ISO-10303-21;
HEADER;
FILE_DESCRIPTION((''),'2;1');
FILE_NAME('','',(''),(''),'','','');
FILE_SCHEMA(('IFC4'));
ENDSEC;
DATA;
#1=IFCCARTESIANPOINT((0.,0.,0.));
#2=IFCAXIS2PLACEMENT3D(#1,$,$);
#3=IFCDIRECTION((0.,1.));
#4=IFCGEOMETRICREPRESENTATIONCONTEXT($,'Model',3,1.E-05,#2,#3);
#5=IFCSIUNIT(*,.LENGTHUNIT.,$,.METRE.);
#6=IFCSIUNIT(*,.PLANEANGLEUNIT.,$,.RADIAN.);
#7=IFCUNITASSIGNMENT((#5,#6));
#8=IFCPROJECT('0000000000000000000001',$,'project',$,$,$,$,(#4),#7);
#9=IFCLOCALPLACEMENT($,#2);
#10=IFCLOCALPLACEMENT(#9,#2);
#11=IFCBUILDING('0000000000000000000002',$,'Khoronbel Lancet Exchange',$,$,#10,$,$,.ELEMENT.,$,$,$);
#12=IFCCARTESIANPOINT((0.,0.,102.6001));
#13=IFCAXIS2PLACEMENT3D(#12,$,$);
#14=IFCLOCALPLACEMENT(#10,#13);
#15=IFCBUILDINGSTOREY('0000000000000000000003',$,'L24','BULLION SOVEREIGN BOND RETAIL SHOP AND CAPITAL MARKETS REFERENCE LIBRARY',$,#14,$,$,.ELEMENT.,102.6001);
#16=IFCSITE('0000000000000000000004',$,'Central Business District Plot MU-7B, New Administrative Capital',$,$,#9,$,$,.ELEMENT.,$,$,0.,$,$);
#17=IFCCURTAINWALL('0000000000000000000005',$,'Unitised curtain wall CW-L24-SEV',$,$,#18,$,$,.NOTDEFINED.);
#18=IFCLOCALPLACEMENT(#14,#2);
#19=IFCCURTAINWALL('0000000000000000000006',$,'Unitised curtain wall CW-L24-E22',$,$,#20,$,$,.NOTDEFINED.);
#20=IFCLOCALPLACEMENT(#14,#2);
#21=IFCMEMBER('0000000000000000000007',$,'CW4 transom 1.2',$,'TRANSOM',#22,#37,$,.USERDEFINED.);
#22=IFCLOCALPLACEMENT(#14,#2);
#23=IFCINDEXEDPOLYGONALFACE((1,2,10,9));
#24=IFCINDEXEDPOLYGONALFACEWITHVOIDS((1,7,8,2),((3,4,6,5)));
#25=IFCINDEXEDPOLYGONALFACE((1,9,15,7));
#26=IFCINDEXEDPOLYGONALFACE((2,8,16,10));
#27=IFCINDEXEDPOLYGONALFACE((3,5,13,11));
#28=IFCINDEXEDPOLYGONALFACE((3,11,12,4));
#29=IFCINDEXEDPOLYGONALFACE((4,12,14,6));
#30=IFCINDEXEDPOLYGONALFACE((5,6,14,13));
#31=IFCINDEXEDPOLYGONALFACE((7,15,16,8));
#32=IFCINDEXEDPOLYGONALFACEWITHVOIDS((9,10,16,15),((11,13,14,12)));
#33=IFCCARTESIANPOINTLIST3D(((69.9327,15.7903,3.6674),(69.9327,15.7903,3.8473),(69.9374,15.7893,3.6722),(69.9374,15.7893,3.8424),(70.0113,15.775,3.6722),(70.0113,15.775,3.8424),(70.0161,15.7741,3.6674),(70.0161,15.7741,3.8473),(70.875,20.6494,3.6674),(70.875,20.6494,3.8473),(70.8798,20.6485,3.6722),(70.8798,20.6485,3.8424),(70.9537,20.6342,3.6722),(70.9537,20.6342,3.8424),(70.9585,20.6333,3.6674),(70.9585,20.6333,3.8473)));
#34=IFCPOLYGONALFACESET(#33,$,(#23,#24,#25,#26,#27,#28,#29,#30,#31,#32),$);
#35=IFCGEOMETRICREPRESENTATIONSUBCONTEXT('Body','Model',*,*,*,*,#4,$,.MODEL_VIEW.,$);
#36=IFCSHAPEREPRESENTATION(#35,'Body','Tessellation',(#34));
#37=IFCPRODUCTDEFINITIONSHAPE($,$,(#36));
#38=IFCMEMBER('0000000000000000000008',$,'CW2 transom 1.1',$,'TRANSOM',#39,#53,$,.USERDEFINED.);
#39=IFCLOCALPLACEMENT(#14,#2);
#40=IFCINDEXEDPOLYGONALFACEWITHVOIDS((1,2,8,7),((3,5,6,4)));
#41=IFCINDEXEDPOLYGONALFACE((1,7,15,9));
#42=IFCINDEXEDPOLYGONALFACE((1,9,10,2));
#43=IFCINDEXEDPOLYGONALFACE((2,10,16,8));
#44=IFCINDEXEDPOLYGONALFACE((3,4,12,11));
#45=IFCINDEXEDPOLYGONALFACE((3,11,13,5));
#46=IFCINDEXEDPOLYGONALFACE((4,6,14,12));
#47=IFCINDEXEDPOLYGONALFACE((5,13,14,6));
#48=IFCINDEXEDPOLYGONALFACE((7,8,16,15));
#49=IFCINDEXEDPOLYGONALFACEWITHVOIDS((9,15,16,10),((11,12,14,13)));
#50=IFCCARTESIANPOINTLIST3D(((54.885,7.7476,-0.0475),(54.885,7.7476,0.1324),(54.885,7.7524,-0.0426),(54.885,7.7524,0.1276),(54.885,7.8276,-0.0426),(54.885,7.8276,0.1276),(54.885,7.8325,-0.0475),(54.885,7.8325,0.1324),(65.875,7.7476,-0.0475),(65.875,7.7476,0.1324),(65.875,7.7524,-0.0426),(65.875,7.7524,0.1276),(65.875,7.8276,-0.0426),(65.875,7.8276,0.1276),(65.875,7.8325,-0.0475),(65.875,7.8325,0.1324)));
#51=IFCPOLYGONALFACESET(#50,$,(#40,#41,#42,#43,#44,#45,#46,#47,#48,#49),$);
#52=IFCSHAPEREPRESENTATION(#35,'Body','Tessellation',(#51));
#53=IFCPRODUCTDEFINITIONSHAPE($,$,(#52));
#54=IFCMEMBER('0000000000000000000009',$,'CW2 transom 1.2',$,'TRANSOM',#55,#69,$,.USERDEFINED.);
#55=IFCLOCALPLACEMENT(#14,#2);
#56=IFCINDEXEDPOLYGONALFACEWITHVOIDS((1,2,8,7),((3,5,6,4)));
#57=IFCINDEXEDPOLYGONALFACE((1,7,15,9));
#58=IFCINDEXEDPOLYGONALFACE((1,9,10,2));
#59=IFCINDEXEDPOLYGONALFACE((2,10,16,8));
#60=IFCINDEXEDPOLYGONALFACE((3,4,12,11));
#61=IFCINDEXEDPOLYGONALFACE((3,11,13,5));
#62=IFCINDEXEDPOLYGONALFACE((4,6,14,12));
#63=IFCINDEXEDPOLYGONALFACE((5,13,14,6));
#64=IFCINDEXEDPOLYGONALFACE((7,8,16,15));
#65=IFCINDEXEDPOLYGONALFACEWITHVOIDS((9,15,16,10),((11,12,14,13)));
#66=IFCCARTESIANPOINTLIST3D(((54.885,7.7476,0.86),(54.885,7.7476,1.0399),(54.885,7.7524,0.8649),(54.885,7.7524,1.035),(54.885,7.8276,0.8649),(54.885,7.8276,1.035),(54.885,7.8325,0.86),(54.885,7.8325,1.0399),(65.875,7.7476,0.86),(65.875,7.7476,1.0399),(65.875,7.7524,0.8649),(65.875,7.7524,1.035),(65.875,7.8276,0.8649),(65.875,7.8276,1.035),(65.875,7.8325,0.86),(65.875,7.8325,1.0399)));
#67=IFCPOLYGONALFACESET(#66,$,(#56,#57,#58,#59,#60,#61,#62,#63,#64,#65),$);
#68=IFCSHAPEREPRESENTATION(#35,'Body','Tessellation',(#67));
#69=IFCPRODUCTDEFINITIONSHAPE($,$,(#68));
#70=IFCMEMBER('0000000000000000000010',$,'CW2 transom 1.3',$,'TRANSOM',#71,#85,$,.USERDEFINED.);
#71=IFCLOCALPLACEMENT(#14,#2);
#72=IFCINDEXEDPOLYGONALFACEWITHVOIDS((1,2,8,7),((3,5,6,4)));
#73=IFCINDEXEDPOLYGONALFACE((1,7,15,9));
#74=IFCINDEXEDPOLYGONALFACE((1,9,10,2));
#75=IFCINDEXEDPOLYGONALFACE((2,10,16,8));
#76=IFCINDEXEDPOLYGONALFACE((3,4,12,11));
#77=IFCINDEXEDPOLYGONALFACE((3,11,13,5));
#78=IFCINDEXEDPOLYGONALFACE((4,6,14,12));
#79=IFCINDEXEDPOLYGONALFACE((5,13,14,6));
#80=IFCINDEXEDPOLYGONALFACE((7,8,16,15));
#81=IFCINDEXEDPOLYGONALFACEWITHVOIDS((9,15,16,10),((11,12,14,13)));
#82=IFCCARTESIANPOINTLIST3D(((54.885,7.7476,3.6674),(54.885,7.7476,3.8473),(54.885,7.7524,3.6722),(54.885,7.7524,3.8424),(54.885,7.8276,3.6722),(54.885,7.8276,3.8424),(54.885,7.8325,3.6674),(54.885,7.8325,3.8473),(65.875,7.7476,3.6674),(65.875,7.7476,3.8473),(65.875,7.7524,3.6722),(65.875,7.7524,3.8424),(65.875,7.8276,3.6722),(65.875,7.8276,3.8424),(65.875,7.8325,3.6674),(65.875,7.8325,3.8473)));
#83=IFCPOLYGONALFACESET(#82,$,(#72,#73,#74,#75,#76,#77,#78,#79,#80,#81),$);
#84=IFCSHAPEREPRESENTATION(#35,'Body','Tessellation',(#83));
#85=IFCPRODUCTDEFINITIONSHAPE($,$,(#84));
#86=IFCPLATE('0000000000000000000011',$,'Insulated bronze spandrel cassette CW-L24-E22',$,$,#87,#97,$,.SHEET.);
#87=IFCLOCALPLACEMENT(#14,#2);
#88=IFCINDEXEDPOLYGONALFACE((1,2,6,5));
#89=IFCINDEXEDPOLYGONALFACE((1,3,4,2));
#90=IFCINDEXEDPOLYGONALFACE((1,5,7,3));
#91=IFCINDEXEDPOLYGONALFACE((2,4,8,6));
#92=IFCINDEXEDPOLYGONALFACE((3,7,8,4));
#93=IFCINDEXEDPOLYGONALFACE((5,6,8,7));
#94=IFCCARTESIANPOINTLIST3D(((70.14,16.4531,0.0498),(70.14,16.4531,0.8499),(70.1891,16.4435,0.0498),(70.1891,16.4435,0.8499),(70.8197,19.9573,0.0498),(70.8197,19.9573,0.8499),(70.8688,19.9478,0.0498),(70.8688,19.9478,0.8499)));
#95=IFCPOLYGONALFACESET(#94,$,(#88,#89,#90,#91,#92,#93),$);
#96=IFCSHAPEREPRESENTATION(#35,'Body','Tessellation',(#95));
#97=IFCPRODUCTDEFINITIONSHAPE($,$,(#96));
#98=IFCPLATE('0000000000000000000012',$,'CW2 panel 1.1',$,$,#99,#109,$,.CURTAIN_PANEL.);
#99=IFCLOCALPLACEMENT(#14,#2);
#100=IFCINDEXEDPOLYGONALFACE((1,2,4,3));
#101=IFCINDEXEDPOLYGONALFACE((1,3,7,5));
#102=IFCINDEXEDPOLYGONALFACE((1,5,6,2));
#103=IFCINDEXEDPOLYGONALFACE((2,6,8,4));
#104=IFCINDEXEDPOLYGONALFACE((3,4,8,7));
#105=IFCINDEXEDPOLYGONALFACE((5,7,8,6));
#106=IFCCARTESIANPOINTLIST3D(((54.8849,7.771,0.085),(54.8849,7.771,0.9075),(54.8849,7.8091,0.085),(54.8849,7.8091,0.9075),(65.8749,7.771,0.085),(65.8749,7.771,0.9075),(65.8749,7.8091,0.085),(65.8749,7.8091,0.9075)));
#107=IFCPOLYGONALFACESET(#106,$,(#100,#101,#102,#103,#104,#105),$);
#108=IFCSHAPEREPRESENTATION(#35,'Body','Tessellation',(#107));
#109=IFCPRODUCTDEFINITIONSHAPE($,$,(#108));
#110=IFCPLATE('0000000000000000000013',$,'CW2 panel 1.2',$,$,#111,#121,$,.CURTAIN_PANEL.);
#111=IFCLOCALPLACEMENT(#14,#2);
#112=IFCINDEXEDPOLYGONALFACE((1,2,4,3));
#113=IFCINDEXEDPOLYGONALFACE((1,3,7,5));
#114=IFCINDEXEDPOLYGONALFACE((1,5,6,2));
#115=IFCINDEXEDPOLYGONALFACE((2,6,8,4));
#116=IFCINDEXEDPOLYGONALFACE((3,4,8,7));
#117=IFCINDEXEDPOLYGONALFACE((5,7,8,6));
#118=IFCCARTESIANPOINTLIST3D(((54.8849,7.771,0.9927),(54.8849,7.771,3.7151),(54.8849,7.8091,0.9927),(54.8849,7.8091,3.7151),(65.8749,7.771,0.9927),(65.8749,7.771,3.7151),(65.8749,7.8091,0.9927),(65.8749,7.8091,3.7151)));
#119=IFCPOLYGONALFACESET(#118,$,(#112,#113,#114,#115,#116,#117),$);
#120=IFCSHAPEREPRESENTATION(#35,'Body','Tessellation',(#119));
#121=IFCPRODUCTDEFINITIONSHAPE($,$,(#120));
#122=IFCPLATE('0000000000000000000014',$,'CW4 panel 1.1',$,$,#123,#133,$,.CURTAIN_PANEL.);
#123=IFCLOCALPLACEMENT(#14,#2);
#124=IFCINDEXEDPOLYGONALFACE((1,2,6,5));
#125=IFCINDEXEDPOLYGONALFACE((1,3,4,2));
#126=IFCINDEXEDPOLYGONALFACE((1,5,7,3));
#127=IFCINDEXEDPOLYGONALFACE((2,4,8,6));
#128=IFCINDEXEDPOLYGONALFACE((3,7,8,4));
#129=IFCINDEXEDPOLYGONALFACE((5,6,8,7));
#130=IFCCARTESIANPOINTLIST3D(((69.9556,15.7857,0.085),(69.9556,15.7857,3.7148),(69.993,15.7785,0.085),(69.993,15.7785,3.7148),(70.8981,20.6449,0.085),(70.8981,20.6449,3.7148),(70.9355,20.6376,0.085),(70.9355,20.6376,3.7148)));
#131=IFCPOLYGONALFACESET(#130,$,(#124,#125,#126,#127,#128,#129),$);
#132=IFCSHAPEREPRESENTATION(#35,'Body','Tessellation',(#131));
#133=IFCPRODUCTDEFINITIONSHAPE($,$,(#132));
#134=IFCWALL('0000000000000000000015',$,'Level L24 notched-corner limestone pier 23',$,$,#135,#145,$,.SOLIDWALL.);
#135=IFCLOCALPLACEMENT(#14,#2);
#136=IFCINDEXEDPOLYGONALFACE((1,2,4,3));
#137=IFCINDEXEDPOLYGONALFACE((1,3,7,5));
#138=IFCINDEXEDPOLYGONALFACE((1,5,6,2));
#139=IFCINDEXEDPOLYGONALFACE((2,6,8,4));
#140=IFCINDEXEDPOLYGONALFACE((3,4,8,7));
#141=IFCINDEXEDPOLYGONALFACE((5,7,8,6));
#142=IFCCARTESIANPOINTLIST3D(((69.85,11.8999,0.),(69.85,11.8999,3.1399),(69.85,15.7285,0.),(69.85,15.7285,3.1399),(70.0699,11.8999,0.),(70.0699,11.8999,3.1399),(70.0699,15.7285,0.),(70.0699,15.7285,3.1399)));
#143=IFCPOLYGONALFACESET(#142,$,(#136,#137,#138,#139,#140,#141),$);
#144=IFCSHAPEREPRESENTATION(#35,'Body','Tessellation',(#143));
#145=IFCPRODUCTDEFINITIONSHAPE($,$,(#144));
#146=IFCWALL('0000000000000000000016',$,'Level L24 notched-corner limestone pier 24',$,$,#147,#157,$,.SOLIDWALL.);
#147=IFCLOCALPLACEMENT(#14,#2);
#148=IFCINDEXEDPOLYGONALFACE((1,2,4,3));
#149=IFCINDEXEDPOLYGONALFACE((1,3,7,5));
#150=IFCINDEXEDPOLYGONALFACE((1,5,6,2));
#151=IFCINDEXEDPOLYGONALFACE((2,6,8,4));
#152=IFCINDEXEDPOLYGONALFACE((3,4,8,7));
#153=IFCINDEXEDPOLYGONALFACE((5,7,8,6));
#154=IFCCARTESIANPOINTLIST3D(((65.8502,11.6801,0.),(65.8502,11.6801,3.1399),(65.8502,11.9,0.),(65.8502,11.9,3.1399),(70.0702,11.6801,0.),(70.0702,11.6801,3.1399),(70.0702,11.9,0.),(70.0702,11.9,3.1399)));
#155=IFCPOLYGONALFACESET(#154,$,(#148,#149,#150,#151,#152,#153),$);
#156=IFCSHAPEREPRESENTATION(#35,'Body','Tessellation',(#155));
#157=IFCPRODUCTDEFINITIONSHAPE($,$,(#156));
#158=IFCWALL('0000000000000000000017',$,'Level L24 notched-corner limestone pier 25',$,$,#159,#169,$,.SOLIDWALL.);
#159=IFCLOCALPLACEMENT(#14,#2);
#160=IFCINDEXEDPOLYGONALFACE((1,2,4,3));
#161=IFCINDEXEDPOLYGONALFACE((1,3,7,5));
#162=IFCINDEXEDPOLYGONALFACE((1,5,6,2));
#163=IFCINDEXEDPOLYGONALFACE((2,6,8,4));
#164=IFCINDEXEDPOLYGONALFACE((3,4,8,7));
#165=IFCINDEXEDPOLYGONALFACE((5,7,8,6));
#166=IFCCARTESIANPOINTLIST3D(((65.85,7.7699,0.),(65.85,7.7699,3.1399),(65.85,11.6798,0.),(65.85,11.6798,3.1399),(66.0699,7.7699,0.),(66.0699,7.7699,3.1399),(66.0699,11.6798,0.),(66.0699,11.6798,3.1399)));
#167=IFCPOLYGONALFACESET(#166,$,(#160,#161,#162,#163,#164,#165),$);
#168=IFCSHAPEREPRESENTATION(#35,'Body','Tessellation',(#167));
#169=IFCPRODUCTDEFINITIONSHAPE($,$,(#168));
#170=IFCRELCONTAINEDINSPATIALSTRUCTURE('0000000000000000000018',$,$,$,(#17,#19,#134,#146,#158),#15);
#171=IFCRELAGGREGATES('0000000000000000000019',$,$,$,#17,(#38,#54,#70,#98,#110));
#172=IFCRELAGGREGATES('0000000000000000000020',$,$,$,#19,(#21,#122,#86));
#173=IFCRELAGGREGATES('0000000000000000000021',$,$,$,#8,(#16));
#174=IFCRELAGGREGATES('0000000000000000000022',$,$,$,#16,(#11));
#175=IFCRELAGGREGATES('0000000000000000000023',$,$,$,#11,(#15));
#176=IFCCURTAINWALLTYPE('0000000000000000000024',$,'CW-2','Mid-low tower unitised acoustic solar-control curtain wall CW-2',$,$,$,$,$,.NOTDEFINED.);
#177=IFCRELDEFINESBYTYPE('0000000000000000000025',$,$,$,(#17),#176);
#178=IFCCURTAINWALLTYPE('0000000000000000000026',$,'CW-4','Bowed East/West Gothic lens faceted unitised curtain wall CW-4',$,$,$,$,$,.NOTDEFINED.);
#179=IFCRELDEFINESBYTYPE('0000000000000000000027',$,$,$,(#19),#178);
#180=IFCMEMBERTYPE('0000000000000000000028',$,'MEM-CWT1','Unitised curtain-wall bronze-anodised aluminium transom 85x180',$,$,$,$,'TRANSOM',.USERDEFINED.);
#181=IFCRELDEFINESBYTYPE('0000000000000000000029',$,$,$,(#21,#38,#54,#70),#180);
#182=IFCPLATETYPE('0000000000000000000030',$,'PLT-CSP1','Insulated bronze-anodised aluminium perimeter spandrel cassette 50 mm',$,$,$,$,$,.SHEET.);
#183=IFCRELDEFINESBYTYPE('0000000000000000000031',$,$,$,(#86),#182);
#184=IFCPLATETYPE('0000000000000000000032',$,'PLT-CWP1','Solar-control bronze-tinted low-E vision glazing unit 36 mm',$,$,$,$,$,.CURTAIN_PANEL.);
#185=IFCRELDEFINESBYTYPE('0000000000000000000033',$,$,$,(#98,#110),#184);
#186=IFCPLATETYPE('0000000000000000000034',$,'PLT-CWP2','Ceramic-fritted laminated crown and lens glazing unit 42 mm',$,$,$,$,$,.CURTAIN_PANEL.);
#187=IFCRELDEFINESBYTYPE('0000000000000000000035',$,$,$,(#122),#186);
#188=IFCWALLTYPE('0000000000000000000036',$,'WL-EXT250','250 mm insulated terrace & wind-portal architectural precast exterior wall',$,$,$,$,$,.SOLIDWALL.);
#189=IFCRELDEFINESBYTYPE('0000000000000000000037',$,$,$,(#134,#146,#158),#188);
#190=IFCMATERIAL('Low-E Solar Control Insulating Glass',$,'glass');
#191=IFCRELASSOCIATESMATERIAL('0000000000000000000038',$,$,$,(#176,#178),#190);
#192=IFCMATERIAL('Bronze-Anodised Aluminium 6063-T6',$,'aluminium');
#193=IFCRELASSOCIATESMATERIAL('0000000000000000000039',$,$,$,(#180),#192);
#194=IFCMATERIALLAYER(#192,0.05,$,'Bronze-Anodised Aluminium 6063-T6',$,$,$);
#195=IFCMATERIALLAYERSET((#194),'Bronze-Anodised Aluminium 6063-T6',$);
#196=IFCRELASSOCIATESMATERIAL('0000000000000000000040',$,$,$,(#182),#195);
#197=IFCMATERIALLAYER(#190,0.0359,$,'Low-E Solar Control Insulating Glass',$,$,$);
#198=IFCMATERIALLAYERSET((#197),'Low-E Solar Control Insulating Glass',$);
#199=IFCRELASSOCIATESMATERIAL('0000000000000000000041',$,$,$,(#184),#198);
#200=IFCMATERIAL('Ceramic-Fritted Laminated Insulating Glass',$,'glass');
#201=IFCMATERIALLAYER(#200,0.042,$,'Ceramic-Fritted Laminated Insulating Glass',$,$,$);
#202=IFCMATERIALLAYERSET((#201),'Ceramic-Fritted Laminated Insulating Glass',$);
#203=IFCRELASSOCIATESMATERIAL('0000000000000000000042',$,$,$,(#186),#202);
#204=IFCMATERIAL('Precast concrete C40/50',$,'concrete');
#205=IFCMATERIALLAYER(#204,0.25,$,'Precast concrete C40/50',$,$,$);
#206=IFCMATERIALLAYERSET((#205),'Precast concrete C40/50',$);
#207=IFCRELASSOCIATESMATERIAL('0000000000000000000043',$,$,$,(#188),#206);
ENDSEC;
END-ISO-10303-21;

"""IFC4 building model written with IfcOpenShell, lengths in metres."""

from ifc_helpers import new_model, si_unit, direction, frame, frame_2d, origin, origin_2d, place, context, subcontext, project, spatial, rectangle, hollow_rectangle, extrude, material, layer, layer_set, material_profile, profile_set, type_object, element, aggregate, save


model = new_model("IFC4")

# Units and contexts
model_context = context("Model", 3, precision=1e-05, world=origin(), true_north=direction((0.0, 1.0)))
body_context = subcontext(model_context, "Body", "Model", "MODEL_VIEW")
ifc_project = project(units=[si_unit("LENGTHUNIT", "METRE"), si_unit("PLANEANGLEUNIT", "RADIAN")], contexts=[model_context])

# Site, building, storey
site_placement = place(None, origin())
site = spatial("IfcSite", under=ifc_project, at=site_placement, Name="Central Business District Plot MU-7B, New Administrative Capital", CompositionType="ELEMENT", RefElevation=0.0)
building_placement = place(site_placement, origin())
building = spatial("IfcBuilding", under=site, at=building_placement, Name="Khoronbel Lancet Exchange", CompositionType="ELEMENT")
storey_placement = place(building_placement, frame((0.0, 0.0, 102.6001)))
storey = spatial("IfcBuildingStorey", under=building, at=storey_placement, Name="L24", Description="BULLION SOVEREIGN BOND RETAIL SHOP AND CAPITAL MARKETS REFERENCE LIBRARY", CompositionType="ELEMENT", Elevation=102.6001)

# Curtain wall
ifc_material_1 = material(Name="Low-E Solar Control Insulating Glass", Category="glass")
curtain_wall_type_1 = type_object("IfcCurtainWallType", Name="CW-2", Description="Mid-low tower unitised acoustic solar-control curtain wall CW-2", PredefinedType="NOTDEFINED", material=ifc_material_1)
curtain_wall_1_placement = place(storey_placement, origin())
curtain_wall_1 = element("IfcCurtainWall", 1, at=curtain_wall_1_placement, inside=storey, type_object=curtain_wall_type_1, Name="Unitised curtain wall CW-L24-SEV", PredefinedType="NOTDEFINED")
ifc_material_2 = material(Name="Bronze-Anodised Aluminium 6063-T6", Category="aluminium")
curtain_wall_type_2 = type_object("IfcCurtainWallType", Name="CW-4", Description="Bowed East/West Gothic lens faceted unitised curtain wall CW-4", PredefinedType="NOTDEFINED", material=ifc_material_1)

# Curtain wall, member
curtain_wall_2_placement = place(storey_placement, origin())
curtain_wall_2 = element("IfcCurtainWall", 2, at=curtain_wall_2_placement, inside=storey, type_object=curtain_wall_type_2, Name="Unitised curtain wall CW-L24-E22", PredefinedType="NOTDEFINED")
ifc_material_profile_1 = material_profile(ifc_material_2, hollow_rectangle(XDim=0.085, YDim=0.1799, WallThickness=0.0049, at=origin_2d()), Name="ALU TRANSOM 85x180")
ifc_profile_set_1 = profile_set([ifc_material_profile_1], Name="Bronze-Anodised Aluminium 6063-T6")
member_type_1 = type_object("IfcMemberType", Name="MEM-CWT1", Description="Unitised curtain-wall bronze-anodised aluminium transom 85x180", ElementType="TRANSOM", PredefinedType="USERDEFINED", material=ifc_profile_set_1)
member_1_placement = place(storey_placement, frame((70.9167, 20.6414, 3.7573), z_axis=(-0.190393, -0.981708, 0.0), x_axis=(0.981708, -0.190393, 0.0)))
member_1 = element("IfcMember", 3, at=member_1_placement, type_object=member_type_1, Name="CW4 transom 1.2", ObjectType="TRANSOM", PredefinedType="USERDEFINED", context=body_context, shape_type="SweptSolid", body=[
    extrude(hollow_rectangle(XDim=0.085, YDim=0.1799, WallThickness=0.0049, at=origin_2d()), origin(), (0.0, 0.0, 1.0), 4.9497),
])

# Members
member_2_placement = place(storey_placement, frame((54.885, 7.79, 0.0425), z_axis=(1.0, 0.0, 0.0), x_axis=(0.0, 1.0, 0.0)))
member_2 = element("IfcMember", 4, at=member_2_placement, type_object=member_type_1, Name="CW2 transom 1.1", ObjectType="TRANSOM", PredefinedType="USERDEFINED", context=body_context, shape_type="SweptSolid", body=[
    extrude(hollow_rectangle(XDim=0.085, YDim=0.1799, WallThickness=0.0049, at=origin_2d()), origin(), (0.0, 0.0, 1.0), 10.99),
])
member_3_placement = place(storey_placement, frame((54.885, 7.79, 0.95), z_axis=(1.0, 0.0, 0.0), x_axis=(0.0, 1.0, 0.0)))
member_3 = element("IfcMember", 5, at=member_3_placement, type_object=member_type_1, Name="CW2 transom 1.2", ObjectType="TRANSOM", PredefinedType="USERDEFINED", context=body_context, shape_type="SweptSolid", body=[
    extrude(hollow_rectangle(XDim=0.085, YDim=0.1799, WallThickness=0.0049, at=origin_2d()), origin(), (0.0, 0.0, 1.0), 10.99),
])
member_4_placement = place(storey_placement, frame((54.885, 7.79, 3.7573), z_axis=(1.0, 0.0, 0.0), x_axis=(0.0, 1.0, 0.0)))
member_4 = element("IfcMember", 6, at=member_4_placement, type_object=member_type_1, Name="CW2 transom 1.3", ObjectType="TRANSOM", PredefinedType="USERDEFINED", context=body_context, shape_type="SweptSolid", body=[
    extrude(hollow_rectangle(XDim=0.085, YDim=0.1799, WallThickness=0.0049, at=origin_2d()), origin(), (0.0, 0.0, 1.0), 10.99),
])

# Plates
ifc_layer_1 = layer(ifc_material_2, 0.05, Name="Bronze-Anodised Aluminium 6063-T6")
ifc_layer_set_1 = layer_set([ifc_layer_1], Name="Bronze-Anodised Aluminium 6063-T6")
plate_type_1 = type_object("IfcPlateType", Name="PLT-CSP1", Description="Insulated bronze-anodised aluminium perimeter spandrel cassette 50 mm", PredefinedType="SHEET", material=ifc_layer_set_1)
plate_1_placement = place(storey_placement, frame((70.5044, 18.2004, 0.0498), z_axis=(0.0, 0.0, 1.0), x_axis=(-0.190426, -0.981702, 0.0)))
plate_1 = element("IfcPlate", 7, at=plate_1_placement, type_object=plate_type_1, Name="Insulated bronze spandrel cassette CW-L24-E22", PredefinedType="SHEET", context=body_context, shape_type="SweptSolid", body=[
    extrude(rectangle(XDim=3.5696, YDim=0.05, at=origin_2d()), origin(), (0.0, 0.0, 1.0), 0.8),
])
ifc_layer_2 = layer(ifc_material_1, 0.0359, Name="Low-E Solar Control Insulating Glass")
ifc_layer_set_2 = layer_set([ifc_layer_2], Name="Low-E Solar Control Insulating Glass")
plate_type_2 = type_object("IfcPlateType", Name="PLT-CWP1", Description="Solar-control bronze-tinted low-E vision glazing unit 36 mm", PredefinedType="CURTAIN_PANEL", material=ifc_layer_set_2)
plate_2_placement = place(storey_placement, frame((60.3799, 7.79, 0.085), z_axis=(0.0, 0.0, 1.0), x_axis=(1.0, 0.0, 0.0)))
plate_2 = element("IfcPlate", 8, at=plate_2_placement, type_object=plate_type_2, Name="CW2 panel 1.1", PredefinedType="CURTAIN_PANEL", context=body_context, shape_type="SweptSolid", body=[
    extrude(rectangle(XDim=10.99, YDim=0.0381, at=origin_2d()), origin(), (0.0, 0.0, 1.0), 0.8225),
])
plate_3_placement = place(storey_placement, frame((60.3799, 7.79, 0.9927), z_axis=(0.0, 0.0, 1.0), x_axis=(1.0, 0.0, 0.0)))
plate_3 = element("IfcPlate", 9, at=plate_3_placement, type_object=plate_type_2, Name="CW2 panel 1.2", PredefinedType="CURTAIN_PANEL", context=body_context, shape_type="SweptSolid", body=[
    extrude(rectangle(XDim=10.99, YDim=0.0381, at=origin_2d()), origin(), (0.0, 0.0, 1.0), 2.7224),
])
aggregate(curtain_wall_1, [member_2, member_3, member_4, plate_2, plate_3])
ifc_material_3 = material(Name="Ceramic-Fritted Laminated Insulating Glass", Category="glass")
ifc_layer_3 = layer(ifc_material_3, 0.042, Name="Ceramic-Fritted Laminated Insulating Glass")
ifc_layer_set_3 = layer_set([ifc_layer_3], Name="Ceramic-Fritted Laminated Insulating Glass")
plate_type_3 = type_object("IfcPlateType", Name="PLT-CWP2", Description="Ceramic-fritted laminated crown and lens glazing unit 42 mm", PredefinedType="CURTAIN_PANEL", material=ifc_layer_set_3)
plate_4_placement = place(storey_placement, frame((70.4456, 18.2117, 0.085), z_axis=(0.0, 0.0, 1.0), x_axis=(-0.190426, -0.981702, 0.0)))
plate_4 = element("IfcPlate", 10, at=plate_4_placement, type_object=plate_type_3, Name="CW4 panel 1.1", PredefinedType="CURTAIN_PANEL", context=body_context, shape_type="SweptSolid", body=[
    extrude(rectangle(XDim=4.9497, YDim=0.0381, at=origin_2d()), origin(), (0.0, 0.0, 1.0), 3.6299),
])
aggregate(curtain_wall_2, [member_1, plate_4, plate_1])

# Walls
ifc_material_4 = material(Name="Precast concrete C40/50", Category="concrete")
ifc_layer_4 = layer(ifc_material_4, 0.25, Name="Precast concrete C40/50")
ifc_layer_set_4 = layer_set([ifc_layer_4], Name="Precast concrete C40/50")
wall_type_1 = type_object("IfcWallType", Name="WL-EXT250", Description="250 mm insulated terrace & wind-portal architectural precast exterior wall", PredefinedType="SOLIDWALL", material=ifc_layer_set_4)
wall_1_placement = place(storey_placement, frame((69.96, 15.7285, 0.0), z_axis=(0.0, 0.0, 1.0), x_axis=(0.0, -1.0, 0.0)))
element("IfcWall", 11, at=wall_1_placement, inside=storey, type_object=wall_type_1, Name="Level L24 notched-corner limestone pier 23", PredefinedType="SOLIDWALL", context=body_context, shape_type="SweptSolid", body=[
    extrude(rectangle(XDim=3.8286, YDim=0.22, at=frame_2d((1.9143, 0.0))), origin(), (0.0, 0.0, 1.0), 3.1399),
])
wall_2_placement = place(storey_placement, frame((70.0701, 11.79, 0.0), z_axis=(0.0, 0.0, 1.0), x_axis=(-1.0, 0.0, 0.0)))
element("IfcWall", 12, at=wall_2_placement, inside=storey, type_object=wall_type_1, Name="Level L24 notched-corner limestone pier 24", PredefinedType="SOLIDWALL", context=body_context, shape_type="SweptSolid", body=[
    extrude(rectangle(XDim=4.22, YDim=0.22, at=frame_2d((2.1099, 0.0))), origin(), (0.0, 0.0, 1.0), 3.1399),
])
wall_3_placement = place(storey_placement, frame((65.96, 11.6799, 0.0), z_axis=(0.0, 0.0, 1.0), x_axis=(0.0, -1.0, 0.0)))
element("IfcWall", 13, at=wall_3_placement, inside=storey, type_object=wall_type_1, Name="Level L24 notched-corner limestone pier 25", PredefinedType="SOLIDWALL", context=body_context, shape_type="SweptSolid", body=[
    extrude(rectangle(XDim=3.9099, YDim=0.22, at=frame_2d((1.9551, 0.0))), origin(), (0.0, 0.0, 1.0), 3.1399),
])

save(model, "model.ifc")
